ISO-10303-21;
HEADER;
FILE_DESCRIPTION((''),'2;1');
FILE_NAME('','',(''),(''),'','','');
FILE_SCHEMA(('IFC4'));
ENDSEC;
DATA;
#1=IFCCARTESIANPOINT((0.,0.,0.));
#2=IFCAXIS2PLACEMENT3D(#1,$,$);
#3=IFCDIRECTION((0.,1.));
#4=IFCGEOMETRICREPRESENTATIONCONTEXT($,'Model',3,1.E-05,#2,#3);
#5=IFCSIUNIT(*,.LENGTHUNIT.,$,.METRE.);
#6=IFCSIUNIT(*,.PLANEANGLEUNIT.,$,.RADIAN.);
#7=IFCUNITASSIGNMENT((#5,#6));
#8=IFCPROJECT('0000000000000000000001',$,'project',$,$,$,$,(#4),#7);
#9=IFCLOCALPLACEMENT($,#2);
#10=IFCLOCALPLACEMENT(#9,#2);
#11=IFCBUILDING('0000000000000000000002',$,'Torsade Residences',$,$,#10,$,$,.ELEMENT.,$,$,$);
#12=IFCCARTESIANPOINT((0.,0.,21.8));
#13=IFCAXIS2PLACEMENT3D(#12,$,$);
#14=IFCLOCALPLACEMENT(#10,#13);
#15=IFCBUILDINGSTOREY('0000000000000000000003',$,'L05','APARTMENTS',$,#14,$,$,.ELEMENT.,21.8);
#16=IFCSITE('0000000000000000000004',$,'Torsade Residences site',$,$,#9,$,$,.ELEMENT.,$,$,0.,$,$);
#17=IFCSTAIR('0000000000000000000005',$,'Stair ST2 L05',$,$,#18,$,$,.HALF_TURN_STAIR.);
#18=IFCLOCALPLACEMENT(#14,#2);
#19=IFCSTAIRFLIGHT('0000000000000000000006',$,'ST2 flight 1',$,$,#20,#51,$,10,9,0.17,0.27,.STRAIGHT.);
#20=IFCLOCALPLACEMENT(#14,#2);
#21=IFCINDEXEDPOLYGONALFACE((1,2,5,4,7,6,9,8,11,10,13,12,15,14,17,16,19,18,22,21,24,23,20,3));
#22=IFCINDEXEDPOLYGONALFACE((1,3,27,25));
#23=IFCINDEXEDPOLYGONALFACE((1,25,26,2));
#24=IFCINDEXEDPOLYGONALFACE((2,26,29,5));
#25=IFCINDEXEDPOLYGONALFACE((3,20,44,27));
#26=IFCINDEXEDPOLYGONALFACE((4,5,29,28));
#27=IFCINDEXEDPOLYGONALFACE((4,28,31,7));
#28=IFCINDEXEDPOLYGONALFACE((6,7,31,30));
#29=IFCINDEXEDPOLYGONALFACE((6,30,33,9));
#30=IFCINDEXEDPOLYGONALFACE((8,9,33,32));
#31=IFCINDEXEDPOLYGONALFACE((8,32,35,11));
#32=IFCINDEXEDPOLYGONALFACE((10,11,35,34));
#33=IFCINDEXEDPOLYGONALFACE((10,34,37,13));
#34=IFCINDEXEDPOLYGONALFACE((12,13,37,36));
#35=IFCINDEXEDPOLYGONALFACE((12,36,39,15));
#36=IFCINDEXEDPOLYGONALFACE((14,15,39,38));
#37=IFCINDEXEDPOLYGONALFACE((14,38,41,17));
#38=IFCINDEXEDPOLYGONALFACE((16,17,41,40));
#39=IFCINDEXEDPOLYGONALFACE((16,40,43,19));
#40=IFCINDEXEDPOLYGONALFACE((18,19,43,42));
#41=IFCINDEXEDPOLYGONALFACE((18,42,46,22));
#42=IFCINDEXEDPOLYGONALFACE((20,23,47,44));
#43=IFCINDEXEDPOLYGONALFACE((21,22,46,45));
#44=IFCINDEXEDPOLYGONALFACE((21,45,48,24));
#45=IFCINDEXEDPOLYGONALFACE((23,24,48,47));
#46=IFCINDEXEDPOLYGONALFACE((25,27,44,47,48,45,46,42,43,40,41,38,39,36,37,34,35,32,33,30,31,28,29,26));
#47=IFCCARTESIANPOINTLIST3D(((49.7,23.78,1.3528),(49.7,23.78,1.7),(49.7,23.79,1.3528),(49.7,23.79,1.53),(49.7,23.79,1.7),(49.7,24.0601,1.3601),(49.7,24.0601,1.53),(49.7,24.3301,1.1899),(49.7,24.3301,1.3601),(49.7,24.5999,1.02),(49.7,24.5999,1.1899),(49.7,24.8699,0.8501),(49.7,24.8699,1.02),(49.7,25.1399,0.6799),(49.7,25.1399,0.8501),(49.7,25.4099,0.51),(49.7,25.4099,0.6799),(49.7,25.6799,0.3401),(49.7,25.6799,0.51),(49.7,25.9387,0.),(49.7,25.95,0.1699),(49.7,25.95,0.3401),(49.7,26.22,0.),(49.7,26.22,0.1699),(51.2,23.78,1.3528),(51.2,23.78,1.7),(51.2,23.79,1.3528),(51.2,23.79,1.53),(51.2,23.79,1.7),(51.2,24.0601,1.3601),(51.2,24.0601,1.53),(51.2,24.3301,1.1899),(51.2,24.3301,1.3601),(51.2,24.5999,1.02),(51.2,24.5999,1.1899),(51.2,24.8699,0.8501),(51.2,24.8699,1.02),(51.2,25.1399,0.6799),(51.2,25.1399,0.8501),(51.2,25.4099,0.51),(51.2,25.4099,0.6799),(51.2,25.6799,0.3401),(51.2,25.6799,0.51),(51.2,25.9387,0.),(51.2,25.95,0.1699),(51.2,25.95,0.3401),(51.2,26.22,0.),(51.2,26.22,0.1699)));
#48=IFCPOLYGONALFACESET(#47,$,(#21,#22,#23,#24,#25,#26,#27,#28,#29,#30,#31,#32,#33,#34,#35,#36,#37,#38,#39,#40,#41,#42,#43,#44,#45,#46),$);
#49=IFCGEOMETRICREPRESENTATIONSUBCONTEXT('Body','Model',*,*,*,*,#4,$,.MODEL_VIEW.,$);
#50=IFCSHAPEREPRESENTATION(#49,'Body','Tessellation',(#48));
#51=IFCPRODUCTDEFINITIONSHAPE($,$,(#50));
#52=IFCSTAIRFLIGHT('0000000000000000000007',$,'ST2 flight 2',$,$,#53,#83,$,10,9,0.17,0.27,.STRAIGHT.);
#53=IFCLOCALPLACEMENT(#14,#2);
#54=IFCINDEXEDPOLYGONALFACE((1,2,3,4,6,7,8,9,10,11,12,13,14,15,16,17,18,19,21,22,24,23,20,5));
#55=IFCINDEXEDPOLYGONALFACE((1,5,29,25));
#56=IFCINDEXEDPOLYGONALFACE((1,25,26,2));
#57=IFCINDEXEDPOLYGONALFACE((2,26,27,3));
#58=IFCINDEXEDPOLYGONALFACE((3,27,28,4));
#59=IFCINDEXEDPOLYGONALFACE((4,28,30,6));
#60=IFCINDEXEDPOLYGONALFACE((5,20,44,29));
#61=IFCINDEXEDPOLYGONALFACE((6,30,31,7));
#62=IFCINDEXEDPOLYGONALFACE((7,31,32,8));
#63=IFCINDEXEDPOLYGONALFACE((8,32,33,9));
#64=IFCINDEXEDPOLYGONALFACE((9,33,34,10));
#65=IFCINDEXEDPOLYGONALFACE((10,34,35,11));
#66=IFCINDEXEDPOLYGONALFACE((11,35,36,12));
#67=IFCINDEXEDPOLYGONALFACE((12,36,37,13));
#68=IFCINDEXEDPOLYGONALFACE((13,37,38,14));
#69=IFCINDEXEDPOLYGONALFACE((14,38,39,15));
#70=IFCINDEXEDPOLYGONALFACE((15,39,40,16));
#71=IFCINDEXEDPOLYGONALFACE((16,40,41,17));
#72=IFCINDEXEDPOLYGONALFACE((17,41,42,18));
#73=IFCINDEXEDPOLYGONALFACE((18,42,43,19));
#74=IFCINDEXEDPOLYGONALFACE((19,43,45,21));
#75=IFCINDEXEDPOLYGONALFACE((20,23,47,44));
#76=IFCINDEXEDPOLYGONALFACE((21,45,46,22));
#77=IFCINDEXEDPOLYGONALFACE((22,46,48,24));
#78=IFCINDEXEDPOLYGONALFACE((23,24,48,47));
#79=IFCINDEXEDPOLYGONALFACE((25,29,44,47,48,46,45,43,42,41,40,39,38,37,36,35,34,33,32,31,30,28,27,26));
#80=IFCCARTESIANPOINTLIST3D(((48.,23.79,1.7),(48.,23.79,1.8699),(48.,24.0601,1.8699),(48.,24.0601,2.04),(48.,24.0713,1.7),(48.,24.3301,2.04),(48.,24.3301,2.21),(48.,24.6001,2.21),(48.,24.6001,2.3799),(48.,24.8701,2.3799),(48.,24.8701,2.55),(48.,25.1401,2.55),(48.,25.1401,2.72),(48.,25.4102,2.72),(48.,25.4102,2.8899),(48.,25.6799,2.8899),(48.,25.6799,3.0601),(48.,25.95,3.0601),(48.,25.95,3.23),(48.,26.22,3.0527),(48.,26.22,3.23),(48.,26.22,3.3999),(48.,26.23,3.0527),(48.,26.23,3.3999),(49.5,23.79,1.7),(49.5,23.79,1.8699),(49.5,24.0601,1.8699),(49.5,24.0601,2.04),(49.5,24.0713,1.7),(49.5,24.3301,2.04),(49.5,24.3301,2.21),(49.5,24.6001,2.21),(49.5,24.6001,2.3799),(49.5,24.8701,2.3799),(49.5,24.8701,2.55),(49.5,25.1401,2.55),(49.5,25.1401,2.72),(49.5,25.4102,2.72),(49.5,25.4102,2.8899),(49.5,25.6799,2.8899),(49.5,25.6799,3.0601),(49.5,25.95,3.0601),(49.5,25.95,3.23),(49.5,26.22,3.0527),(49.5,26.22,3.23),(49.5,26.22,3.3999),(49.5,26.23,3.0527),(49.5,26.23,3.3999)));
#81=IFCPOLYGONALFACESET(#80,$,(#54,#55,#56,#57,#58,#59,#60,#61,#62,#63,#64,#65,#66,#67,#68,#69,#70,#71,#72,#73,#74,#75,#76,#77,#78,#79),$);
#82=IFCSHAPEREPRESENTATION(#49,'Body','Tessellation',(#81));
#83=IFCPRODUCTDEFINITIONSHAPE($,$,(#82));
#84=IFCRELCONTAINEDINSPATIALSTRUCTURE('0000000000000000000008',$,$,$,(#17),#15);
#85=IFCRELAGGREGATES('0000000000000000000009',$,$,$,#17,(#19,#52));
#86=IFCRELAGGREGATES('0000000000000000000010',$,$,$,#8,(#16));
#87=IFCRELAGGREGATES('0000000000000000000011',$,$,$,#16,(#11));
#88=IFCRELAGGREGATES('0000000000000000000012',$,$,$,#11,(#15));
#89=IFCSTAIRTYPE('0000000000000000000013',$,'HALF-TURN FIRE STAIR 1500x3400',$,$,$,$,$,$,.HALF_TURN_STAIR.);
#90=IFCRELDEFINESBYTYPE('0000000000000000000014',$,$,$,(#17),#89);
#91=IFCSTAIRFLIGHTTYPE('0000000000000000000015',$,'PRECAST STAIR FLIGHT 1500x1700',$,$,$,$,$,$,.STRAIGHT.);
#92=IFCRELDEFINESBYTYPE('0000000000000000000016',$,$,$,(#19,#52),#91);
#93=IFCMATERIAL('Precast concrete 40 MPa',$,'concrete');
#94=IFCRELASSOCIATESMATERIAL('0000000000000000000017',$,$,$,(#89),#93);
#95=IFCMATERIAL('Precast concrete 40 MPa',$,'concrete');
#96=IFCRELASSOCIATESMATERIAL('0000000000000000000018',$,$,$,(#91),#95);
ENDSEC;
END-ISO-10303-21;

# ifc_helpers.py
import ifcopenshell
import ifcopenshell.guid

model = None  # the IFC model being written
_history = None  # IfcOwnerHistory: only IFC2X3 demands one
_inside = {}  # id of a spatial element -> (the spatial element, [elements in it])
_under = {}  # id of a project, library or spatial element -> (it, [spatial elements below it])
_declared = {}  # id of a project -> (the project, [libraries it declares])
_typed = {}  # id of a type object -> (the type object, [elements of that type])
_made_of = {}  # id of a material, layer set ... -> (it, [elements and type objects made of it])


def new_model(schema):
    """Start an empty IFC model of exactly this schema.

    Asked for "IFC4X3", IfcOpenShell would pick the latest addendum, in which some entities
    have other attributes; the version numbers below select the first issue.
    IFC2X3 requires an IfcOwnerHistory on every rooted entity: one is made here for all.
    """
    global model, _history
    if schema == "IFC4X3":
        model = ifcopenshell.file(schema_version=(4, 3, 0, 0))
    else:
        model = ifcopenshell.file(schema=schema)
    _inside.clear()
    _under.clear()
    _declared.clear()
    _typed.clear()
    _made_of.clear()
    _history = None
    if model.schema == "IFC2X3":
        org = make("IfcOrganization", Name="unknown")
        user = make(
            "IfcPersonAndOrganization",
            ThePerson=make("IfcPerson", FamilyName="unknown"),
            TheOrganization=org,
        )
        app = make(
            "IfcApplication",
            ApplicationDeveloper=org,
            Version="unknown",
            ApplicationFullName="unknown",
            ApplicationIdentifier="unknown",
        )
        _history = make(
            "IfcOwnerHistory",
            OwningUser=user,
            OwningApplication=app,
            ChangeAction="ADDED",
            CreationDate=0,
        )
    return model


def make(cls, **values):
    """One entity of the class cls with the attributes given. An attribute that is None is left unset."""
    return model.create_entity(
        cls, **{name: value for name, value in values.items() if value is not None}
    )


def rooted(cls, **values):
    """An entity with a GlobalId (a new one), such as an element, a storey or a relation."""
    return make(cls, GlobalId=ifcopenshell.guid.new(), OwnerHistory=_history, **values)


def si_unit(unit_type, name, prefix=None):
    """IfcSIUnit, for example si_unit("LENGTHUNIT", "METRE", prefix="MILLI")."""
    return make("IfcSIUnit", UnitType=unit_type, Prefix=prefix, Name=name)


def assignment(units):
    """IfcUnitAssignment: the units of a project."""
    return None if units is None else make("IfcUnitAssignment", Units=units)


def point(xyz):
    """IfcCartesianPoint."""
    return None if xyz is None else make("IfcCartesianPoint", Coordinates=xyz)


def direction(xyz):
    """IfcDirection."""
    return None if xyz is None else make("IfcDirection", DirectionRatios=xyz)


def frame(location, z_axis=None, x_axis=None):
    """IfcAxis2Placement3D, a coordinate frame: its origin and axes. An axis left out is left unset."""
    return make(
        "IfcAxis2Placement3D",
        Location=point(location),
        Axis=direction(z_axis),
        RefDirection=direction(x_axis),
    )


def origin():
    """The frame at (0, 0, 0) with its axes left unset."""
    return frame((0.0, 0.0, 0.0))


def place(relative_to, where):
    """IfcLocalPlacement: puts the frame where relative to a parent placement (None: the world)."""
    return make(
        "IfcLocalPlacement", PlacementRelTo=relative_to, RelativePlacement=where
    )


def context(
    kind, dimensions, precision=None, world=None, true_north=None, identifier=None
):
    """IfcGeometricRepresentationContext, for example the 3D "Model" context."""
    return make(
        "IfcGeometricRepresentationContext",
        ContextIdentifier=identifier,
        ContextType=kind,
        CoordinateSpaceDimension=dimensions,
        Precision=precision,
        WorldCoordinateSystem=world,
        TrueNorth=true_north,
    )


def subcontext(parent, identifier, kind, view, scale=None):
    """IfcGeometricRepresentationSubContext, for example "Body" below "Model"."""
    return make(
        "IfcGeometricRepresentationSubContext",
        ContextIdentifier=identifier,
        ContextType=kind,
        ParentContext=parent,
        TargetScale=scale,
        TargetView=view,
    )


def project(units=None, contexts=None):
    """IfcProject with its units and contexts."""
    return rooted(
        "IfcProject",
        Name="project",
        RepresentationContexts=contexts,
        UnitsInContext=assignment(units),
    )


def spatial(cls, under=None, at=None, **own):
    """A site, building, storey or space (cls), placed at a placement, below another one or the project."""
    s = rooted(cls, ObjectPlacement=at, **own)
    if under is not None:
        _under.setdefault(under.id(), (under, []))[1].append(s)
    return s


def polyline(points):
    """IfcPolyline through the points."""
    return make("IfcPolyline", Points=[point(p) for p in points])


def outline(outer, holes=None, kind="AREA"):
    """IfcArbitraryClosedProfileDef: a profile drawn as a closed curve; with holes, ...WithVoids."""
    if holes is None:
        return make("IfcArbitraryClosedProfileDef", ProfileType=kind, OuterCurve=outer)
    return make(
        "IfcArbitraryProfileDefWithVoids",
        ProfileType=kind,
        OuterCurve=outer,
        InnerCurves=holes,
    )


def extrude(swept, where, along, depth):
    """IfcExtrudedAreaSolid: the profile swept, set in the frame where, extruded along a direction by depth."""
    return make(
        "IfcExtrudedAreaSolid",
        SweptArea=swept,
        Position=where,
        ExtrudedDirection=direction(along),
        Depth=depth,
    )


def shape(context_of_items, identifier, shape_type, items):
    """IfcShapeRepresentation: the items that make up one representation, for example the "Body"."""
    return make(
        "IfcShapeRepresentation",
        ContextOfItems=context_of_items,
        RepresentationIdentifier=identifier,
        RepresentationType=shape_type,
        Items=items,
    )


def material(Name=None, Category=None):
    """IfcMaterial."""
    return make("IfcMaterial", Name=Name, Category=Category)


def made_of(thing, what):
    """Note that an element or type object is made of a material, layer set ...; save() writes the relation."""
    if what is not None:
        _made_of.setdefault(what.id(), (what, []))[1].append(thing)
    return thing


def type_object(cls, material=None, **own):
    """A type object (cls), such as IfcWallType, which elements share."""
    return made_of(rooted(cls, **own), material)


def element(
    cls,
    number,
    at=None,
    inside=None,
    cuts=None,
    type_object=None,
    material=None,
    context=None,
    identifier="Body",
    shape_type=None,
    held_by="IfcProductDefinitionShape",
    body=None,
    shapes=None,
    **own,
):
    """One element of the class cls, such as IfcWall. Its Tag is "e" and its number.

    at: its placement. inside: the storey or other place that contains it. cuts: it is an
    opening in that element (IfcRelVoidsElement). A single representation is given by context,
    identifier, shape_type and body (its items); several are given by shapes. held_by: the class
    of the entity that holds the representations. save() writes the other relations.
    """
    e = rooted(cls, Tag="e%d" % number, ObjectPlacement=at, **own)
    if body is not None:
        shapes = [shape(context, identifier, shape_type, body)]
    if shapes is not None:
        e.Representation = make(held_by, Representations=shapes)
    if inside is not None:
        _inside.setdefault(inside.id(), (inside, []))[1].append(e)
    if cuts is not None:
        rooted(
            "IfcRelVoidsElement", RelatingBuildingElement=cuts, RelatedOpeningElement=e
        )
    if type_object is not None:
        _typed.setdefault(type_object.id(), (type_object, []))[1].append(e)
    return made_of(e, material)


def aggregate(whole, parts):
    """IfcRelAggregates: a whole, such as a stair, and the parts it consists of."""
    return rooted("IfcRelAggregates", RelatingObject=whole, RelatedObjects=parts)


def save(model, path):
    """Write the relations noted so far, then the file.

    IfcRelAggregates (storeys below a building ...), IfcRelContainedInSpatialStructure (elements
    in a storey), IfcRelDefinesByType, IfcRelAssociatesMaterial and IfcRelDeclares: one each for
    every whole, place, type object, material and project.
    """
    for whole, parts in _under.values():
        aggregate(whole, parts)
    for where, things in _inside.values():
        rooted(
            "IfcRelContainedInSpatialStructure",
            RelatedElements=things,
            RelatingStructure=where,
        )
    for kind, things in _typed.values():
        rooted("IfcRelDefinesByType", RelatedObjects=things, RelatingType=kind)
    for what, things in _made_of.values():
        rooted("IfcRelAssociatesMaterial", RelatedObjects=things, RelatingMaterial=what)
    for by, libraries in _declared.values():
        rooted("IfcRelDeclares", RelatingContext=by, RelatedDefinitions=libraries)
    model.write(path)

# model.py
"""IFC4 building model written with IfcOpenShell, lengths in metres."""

from ifc_helpers import new_model, si_unit, direction, frame, origin, place, context, subcontext, project, spatial, polyline, outline, extrude, material, type_object, element, aggregate, save


model = new_model("IFC4")

# Units and contexts
model_context = context("Model", 3, precision=1e-05, world=origin(), true_north=direction((0.0, 1.0)))
body_context = subcontext(model_context, "Body", "Model", "MODEL_VIEW")
ifc_project = project(units=[si_unit("LENGTHUNIT", "METRE"), si_unit("PLANEANGLEUNIT", "RADIAN")], contexts=[model_context])

# Site, building, storey
site_placement = place(None, origin())
site = spatial("IfcSite", under=ifc_project, at=site_placement, Name="Torsade Residences site", CompositionType="ELEMENT", RefElevation=0.0)
building_placement = place(site_placement, origin())
building = spatial("IfcBuilding", under=site, at=building_placement, Name="Torsade Residences", CompositionType="ELEMENT")
storey_placement = place(building_placement, frame((0.0, 0.0, 21.8)))
storey = spatial("IfcBuildingStorey", under=building, at=storey_placement, Name="L05", Description="APARTMENTS", CompositionType="ELEMENT", Elevation=21.8)

# Stair, stair flights
ifc_material_1 = material(Name="Precast concrete 40 MPa", Category="concrete")
stair_type = type_object("IfcStairType", Name="HALF-TURN FIRE STAIR 1500x3400", PredefinedType="HALF_TURN_STAIR", material=ifc_material_1)
stair_placement = place(storey_placement, origin())
stair = element("IfcStair", 1, at=stair_placement, inside=storey, type_object=stair_type, Name="Stair ST2 L05", PredefinedType="HALF_TURN_STAIR")
ifc_material_2 = material(Name="Precast concrete 40 MPa", Category="concrete")
stair_flight_type = type_object("IfcStairFlightType", Name="PRECAST STAIR FLIGHT 1500x1700", PredefinedType="STRAIGHT", material=ifc_material_2)
stair_flight_1_placement = place(storey_placement, frame((50.45, 26.22, 0.0), z_axis=(0.0, 0.0, 1.0), x_axis=(0.0, -1.0, 0.0)))
stair_flight_1 = element("IfcStairFlight", 2, at=stair_flight_1_placement, type_object=stair_flight_type, Name="ST2 flight 1", NumberOfRisers=10, NumberOfTreads=9, PredefinedType="STRAIGHT", RiserHeight=0.17, TreadLength=0.27, context=body_context, shape_type="SweptSolid", body=[
    extrude(outline(polyline([(0.0, 0.0), (0.0, 0.1699), (0.27, 0.1699), (0.27, 0.3401), (0.54, 0.3401), (0.54, 0.51), (0.8101, 0.51), (0.8101, 0.6799), (1.0801, 0.6799), (1.0801, 0.8501), (1.3501, 0.8501), (1.3501, 1.02), (1.6201, 1.02), (1.6201, 1.1899), (1.8899, 1.1899), (1.8899, 1.3601), (2.1599, 1.3601), (2.1599, 1.53), (2.4299, 1.53), (2.4299, 1.7), (2.4399, 1.7), (2.4399, 1.3528), (2.4299, 1.3528), (0.2812, 0.0), (0.0, 0.0)])), frame((0.0, 0.75, 0.0), z_axis=(0.0, -1.0, 0.0), x_axis=(1.0, 0.0, 0.0)), (0.0, 0.0, 1.0), 1.5),
])
stair_flight_2_placement = place(storey_placement, frame((48.75, 23.79, 1.7), z_axis=(0.0, 0.0, 1.0), x_axis=(0.0, 1.0, 0.0)))
stair_flight_2 = element("IfcStairFlight", 3, at=stair_flight_2_placement, type_object=stair_flight_type, Name="ST2 flight 2", NumberOfRisers=10, NumberOfTreads=9, PredefinedType="STRAIGHT", RiserHeight=0.17, TreadLength=0.27, context=body_context, shape_type="SweptSolid", body=[
    extrude(outline(polyline([(0.0, 0.0), (0.0, 0.1699), (0.27, 0.1699), (0.27, 0.3401), (0.54, 0.3401), (0.54, 0.51), (0.8101, 0.51), (0.8101, 0.6799), (1.0801, 0.6799), (1.0801, 0.8501), (1.3501, 0.8501), (1.3501, 1.02), (1.6201, 1.02), (1.6201, 1.1899), (1.8899, 1.1899), (1.8899, 1.3601), (2.1599, 1.3601), (2.1599, 1.53), (2.4299, 1.53), (2.4299, 1.7), (2.4399, 1.7), (2.4399, 1.3528), (2.4299, 1.3528), (0.2812, 0.0), (0.0, 0.0)])), frame((0.0, 0.75, 0.0), z_axis=(0.0, -1.0, 0.0), x_axis=(1.0, 0.0, 0.0)), (0.0, 0.0, 1.0), 1.5),
])
aggregate(stair, [stair_flight_1, stair_flight_2])

save(model, "model.ifc")
